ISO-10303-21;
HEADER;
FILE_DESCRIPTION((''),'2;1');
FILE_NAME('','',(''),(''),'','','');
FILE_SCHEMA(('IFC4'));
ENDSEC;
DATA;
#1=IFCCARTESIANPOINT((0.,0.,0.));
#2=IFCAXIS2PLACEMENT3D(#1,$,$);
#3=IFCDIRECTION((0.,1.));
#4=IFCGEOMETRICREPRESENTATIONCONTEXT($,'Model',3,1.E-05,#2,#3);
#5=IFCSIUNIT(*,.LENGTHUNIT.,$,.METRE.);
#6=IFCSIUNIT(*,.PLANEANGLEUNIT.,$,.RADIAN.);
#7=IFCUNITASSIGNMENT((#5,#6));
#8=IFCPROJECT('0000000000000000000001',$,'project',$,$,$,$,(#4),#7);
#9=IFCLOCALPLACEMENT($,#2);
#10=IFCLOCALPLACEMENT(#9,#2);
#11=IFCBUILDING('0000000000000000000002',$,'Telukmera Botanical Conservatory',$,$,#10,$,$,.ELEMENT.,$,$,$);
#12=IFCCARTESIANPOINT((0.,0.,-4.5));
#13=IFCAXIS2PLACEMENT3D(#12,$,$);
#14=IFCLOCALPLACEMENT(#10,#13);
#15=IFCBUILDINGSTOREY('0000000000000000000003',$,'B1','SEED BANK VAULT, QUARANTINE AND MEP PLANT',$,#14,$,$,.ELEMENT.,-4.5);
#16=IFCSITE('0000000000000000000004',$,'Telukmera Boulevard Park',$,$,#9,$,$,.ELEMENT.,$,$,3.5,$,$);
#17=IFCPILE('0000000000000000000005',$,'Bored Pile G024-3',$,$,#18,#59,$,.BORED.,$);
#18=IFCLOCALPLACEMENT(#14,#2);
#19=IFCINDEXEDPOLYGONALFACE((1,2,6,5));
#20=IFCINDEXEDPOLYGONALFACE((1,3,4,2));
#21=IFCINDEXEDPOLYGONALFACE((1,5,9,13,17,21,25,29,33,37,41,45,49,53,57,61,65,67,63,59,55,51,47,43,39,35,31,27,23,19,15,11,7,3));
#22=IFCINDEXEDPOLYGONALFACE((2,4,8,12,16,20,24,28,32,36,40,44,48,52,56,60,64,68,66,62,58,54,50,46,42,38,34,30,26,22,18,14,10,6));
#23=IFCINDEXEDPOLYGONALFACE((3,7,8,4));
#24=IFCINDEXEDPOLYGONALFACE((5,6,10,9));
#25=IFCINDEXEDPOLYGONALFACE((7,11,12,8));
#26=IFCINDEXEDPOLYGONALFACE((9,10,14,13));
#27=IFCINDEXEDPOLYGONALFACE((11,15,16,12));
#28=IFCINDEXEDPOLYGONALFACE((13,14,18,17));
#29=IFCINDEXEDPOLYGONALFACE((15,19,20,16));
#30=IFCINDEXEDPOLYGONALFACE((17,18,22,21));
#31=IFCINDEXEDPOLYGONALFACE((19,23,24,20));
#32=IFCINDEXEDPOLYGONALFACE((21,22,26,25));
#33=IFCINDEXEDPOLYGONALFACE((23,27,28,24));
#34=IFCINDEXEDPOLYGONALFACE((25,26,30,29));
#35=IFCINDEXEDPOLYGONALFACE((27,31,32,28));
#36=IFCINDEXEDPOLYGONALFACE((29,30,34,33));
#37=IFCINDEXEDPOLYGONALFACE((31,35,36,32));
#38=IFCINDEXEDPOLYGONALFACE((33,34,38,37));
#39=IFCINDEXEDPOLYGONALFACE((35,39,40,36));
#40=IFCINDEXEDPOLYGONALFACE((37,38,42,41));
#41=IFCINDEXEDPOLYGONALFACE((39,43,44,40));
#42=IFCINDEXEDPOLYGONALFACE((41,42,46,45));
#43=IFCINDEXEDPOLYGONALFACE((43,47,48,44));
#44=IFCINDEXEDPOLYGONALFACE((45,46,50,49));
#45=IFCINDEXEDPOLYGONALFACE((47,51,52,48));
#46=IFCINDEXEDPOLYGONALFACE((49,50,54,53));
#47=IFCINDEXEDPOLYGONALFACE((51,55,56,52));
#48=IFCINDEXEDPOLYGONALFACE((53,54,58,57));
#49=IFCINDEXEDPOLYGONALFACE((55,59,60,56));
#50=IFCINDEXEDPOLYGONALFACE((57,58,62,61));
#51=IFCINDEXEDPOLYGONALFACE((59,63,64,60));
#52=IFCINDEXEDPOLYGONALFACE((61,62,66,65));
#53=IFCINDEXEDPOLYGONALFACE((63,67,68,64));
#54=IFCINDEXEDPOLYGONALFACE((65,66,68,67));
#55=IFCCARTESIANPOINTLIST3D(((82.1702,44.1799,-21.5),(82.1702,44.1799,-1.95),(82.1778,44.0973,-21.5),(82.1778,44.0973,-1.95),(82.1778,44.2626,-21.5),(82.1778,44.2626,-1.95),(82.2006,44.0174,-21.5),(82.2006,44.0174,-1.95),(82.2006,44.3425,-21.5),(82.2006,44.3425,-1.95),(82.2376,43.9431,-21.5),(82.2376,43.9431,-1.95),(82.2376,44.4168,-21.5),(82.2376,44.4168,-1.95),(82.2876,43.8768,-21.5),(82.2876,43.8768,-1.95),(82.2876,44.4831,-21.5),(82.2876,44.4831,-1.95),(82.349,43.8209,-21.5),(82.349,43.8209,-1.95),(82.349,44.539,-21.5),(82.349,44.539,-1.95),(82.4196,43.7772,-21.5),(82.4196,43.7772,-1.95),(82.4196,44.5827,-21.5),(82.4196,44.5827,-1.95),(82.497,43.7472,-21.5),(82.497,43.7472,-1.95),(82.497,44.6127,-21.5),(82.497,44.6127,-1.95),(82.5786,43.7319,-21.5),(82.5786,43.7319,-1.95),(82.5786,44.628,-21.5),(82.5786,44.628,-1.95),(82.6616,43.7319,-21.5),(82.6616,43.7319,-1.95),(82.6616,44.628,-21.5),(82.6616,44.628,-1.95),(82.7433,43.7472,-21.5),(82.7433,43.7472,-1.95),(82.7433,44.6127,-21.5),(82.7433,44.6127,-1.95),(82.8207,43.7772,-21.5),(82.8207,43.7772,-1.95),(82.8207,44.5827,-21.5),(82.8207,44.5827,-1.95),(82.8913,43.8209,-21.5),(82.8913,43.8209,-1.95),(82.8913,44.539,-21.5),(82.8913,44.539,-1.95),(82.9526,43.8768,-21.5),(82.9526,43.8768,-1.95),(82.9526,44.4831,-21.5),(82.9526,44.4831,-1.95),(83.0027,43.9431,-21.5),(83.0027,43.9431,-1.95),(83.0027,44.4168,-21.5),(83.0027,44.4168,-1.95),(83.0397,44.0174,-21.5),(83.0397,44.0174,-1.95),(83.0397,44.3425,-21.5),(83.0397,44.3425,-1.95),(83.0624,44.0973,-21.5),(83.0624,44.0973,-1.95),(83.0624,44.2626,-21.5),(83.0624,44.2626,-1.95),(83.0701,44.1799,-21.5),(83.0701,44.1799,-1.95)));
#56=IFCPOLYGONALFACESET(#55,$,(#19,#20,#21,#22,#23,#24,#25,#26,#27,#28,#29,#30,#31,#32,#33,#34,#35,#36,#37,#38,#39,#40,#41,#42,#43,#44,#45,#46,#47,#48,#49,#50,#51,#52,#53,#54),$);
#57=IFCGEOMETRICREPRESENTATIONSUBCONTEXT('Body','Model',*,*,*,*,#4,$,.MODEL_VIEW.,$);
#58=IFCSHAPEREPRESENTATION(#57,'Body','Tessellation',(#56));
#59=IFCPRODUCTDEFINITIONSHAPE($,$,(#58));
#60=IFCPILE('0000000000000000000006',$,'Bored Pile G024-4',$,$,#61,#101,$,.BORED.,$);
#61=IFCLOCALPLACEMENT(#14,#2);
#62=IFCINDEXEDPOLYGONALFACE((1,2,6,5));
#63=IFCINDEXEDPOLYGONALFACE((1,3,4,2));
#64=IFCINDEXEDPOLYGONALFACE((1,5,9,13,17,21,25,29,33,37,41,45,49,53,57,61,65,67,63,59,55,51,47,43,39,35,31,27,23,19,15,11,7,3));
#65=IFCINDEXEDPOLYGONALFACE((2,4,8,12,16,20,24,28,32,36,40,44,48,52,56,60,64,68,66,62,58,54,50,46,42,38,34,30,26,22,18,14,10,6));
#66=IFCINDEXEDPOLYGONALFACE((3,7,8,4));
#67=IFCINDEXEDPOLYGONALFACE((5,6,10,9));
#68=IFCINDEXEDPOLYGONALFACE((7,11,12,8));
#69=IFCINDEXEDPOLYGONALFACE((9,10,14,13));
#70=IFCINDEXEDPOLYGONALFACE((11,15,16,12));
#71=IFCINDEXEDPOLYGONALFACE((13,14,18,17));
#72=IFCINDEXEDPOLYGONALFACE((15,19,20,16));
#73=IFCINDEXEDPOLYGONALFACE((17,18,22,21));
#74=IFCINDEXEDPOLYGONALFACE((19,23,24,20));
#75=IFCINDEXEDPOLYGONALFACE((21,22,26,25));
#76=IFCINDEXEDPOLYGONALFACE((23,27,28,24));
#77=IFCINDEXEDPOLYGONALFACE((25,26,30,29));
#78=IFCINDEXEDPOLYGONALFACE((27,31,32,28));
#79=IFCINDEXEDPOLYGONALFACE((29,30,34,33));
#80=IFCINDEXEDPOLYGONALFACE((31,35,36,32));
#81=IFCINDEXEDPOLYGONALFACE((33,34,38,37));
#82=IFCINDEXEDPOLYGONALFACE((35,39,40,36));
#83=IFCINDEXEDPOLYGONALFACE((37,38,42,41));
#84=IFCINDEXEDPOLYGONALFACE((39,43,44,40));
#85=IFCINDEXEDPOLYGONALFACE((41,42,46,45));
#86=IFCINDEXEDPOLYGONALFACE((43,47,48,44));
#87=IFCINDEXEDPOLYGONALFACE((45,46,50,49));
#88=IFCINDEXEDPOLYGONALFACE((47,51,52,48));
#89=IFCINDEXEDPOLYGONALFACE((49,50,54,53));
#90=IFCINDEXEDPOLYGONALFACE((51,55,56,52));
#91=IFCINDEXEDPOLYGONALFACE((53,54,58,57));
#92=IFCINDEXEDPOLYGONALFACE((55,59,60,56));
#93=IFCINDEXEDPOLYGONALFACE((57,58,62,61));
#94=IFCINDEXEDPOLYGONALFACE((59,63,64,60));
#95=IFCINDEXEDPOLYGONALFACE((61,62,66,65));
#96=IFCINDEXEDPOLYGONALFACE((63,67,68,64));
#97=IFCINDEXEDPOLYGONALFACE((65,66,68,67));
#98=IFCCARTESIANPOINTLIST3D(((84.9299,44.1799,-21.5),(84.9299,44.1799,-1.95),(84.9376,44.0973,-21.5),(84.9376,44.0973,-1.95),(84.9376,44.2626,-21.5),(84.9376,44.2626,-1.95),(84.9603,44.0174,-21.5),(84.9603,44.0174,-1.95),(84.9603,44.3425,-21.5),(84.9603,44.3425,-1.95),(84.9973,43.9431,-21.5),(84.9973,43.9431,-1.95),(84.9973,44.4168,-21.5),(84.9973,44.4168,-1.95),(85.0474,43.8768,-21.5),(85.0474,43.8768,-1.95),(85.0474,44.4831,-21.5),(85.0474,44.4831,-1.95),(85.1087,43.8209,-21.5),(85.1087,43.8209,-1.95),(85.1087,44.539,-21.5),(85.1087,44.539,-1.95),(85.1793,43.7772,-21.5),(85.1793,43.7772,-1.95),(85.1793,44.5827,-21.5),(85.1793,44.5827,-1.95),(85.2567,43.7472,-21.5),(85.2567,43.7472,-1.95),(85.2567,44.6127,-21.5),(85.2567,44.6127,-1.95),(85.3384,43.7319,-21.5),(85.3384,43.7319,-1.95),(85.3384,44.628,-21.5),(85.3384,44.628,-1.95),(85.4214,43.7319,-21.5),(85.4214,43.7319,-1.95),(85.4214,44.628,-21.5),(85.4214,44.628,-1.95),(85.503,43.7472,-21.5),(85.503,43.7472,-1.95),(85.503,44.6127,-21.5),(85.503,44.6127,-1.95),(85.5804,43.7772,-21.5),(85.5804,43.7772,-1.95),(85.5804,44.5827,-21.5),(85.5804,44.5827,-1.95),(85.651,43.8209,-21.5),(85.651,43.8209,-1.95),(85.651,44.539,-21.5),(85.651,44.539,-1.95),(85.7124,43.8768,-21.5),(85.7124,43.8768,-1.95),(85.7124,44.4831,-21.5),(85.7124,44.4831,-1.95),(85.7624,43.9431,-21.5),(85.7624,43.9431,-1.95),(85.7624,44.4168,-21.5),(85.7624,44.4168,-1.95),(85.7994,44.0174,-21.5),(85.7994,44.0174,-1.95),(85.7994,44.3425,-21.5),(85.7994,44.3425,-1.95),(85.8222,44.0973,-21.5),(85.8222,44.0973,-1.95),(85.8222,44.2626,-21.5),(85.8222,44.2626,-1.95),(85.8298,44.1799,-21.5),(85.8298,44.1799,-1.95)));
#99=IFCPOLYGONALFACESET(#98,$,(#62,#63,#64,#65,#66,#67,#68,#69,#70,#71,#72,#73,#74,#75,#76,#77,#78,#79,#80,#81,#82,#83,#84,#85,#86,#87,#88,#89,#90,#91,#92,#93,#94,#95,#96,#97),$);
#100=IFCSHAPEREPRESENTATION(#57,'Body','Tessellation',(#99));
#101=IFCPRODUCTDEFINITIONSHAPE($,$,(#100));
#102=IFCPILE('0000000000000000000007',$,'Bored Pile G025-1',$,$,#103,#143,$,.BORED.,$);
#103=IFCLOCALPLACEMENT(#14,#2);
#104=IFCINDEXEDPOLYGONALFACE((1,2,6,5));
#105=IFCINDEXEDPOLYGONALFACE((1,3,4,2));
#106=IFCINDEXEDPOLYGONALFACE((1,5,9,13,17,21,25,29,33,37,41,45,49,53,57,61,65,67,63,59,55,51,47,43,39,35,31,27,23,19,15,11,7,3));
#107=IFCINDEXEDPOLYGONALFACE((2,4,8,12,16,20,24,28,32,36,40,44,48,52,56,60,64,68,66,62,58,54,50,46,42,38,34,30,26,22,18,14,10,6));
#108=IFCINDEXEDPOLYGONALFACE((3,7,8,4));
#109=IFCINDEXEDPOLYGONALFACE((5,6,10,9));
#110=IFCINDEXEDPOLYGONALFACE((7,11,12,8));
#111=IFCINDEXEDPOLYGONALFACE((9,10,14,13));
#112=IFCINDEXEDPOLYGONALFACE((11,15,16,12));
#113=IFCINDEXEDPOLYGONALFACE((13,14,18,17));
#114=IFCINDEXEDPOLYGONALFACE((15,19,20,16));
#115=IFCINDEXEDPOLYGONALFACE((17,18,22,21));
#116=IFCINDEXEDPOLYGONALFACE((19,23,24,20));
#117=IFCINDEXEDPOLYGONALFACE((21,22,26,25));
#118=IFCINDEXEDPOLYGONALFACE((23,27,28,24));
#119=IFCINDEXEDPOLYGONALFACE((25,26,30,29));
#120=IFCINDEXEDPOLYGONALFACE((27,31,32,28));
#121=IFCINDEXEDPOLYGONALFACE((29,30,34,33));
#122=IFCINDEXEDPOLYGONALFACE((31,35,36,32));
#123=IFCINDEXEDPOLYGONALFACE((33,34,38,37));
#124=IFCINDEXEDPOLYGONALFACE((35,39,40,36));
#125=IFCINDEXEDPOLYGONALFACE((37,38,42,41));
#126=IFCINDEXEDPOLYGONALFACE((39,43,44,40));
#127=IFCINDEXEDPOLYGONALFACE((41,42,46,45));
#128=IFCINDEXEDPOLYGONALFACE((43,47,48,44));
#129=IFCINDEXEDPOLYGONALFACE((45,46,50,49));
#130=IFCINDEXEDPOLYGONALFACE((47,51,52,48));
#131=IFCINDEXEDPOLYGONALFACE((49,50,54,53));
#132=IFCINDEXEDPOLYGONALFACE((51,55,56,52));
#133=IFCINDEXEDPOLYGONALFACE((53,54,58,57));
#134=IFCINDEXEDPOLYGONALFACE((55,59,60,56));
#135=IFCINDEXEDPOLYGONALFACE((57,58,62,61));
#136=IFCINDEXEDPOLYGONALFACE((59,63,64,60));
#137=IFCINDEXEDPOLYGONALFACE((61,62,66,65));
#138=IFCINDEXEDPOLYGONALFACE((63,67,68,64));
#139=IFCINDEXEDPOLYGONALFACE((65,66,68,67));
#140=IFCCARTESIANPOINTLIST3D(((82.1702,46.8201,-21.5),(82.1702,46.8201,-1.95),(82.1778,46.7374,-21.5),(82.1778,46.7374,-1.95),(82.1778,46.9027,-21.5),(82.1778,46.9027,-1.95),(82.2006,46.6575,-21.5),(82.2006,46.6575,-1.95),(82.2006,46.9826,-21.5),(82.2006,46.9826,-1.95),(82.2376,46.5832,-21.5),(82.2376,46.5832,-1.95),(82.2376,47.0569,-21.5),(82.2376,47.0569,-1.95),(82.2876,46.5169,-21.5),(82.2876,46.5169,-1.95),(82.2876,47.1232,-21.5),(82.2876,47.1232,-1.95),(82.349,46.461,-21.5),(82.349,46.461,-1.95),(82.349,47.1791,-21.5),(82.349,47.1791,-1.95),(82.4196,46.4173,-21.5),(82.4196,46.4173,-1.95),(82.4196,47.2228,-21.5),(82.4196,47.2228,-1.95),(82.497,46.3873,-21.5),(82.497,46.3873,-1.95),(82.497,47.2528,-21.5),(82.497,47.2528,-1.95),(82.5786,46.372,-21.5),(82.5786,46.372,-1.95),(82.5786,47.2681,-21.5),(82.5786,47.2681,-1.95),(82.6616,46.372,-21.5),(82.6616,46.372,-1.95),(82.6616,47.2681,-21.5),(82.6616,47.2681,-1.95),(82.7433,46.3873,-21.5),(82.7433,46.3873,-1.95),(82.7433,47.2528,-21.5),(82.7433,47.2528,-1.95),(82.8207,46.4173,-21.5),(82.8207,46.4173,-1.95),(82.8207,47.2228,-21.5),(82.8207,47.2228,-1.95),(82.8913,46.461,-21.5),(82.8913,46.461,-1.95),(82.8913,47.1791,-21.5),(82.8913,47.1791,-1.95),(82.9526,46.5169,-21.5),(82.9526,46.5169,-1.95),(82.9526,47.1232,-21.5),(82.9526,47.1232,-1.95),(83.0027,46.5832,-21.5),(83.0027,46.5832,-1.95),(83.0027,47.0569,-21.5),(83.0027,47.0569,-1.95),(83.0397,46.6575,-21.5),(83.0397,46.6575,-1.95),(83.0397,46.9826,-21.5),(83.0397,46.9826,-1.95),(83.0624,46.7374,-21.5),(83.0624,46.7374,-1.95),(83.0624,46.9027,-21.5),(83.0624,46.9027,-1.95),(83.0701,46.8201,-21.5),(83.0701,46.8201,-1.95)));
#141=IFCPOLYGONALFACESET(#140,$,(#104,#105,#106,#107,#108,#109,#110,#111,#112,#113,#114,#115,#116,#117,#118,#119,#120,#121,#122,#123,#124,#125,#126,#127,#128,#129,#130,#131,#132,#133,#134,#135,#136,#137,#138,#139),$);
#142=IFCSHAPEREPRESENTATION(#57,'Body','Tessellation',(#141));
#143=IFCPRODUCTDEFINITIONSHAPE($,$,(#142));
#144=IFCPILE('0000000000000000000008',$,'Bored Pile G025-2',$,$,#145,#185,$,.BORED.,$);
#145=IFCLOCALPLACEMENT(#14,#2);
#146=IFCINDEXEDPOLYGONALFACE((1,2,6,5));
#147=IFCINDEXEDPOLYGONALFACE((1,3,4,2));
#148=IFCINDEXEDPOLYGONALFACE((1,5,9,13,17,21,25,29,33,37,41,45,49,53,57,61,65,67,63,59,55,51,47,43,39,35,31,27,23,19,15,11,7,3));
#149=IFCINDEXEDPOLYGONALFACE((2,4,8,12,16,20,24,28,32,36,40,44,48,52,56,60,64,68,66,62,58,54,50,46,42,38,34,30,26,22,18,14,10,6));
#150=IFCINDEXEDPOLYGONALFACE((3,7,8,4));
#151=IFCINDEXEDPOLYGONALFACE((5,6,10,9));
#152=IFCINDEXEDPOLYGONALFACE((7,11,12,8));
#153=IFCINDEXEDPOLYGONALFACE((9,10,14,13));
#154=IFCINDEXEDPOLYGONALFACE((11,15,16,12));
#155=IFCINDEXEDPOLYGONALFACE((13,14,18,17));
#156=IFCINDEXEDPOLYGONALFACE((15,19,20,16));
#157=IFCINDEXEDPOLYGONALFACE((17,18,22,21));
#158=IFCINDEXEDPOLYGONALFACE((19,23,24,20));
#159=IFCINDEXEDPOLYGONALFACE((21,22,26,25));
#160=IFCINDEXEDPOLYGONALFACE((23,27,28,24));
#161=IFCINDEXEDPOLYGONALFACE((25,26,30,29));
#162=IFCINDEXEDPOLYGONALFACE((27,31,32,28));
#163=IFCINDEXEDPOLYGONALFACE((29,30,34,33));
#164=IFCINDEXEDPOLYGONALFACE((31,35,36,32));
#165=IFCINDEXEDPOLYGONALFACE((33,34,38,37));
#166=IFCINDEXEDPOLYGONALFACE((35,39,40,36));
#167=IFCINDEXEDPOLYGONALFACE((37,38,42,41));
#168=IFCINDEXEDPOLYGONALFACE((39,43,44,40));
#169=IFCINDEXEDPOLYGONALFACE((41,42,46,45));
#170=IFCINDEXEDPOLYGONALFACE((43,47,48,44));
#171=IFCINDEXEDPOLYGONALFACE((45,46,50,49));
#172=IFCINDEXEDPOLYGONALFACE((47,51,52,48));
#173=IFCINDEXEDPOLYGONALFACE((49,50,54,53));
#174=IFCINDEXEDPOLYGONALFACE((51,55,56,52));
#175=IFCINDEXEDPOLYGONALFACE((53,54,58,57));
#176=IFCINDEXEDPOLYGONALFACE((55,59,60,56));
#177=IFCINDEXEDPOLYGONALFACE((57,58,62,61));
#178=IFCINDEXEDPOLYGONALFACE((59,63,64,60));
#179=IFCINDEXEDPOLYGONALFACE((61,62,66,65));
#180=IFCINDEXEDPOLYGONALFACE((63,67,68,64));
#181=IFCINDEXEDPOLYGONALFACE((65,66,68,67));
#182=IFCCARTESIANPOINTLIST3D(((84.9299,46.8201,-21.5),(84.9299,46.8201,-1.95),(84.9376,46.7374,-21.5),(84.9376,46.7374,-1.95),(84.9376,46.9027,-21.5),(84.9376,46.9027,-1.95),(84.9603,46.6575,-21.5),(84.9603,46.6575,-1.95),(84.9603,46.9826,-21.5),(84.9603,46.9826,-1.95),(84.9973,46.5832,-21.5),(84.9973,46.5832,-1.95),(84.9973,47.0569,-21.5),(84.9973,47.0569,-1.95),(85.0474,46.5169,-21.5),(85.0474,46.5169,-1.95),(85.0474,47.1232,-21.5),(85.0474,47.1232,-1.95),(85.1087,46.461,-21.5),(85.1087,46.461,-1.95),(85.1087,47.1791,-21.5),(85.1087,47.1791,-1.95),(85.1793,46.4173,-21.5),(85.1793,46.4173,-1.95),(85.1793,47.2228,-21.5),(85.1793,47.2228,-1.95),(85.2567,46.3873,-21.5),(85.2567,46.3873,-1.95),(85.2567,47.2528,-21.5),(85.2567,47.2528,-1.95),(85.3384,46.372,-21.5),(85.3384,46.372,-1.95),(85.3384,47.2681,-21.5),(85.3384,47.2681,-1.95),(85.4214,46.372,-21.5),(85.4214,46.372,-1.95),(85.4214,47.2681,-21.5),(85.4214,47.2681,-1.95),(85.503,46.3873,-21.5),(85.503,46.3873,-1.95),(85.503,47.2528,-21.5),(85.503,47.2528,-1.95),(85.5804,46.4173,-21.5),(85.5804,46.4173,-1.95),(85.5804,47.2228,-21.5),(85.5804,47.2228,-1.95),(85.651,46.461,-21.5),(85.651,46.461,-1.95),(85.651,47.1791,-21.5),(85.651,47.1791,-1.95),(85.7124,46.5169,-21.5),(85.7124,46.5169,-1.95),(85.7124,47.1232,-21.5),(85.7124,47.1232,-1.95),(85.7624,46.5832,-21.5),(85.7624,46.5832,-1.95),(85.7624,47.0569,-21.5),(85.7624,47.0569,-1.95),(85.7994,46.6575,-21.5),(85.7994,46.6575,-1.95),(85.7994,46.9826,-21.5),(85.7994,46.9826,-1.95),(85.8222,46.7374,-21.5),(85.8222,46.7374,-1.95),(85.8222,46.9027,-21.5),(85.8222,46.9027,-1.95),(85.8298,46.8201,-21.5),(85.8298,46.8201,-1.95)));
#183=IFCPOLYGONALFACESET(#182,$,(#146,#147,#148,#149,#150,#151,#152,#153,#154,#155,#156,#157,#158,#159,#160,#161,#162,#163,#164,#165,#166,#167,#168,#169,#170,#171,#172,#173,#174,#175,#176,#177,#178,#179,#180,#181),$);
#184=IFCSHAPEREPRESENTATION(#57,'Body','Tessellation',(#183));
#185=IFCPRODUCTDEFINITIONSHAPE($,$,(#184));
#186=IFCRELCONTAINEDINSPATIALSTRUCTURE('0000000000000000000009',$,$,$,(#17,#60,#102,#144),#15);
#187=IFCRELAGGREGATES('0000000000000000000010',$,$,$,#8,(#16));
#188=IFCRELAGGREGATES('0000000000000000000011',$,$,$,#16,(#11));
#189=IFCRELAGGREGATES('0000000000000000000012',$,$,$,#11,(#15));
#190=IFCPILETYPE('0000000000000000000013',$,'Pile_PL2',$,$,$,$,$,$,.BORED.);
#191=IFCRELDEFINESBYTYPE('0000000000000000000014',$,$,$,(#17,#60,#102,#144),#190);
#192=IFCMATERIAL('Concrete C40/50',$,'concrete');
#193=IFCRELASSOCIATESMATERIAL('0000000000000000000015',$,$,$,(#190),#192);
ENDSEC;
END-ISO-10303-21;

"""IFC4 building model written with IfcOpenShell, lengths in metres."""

from ifc_helpers import new_model, si_unit, direction, frame, origin, origin_2d, place, context, subcontext, project, spatial, circle, extrude, material, material_profile, profile_set, type_object, element, save


model = new_model("IFC4")

# Units and contexts
model_context = context("Model", 3, precision=1e-05, world=origin(), true_north=direction((0.0, 1.0)))
body_context = subcontext(model_context, "Body", "Model", "MODEL_VIEW")
ifc_project = project(units=[si_unit("LENGTHUNIT", "METRE"), si_unit("PLANEANGLEUNIT", "RADIAN")], contexts=[model_context])

# Site, building, storey
site_placement = place(None, origin())
site = spatial("IfcSite", under=ifc_project, at=site_placement, Name="Telukmera Boulevard Park", CompositionType="ELEMENT", RefElevation=3.5)
building_placement = place(site_placement, origin())
building = spatial("IfcBuilding", under=site, at=building_placement, Name="Telukmera Botanical Conservatory", CompositionType="ELEMENT")
storey_placement = place(building_placement, frame((0.0, 0.0, -4.5)))
storey = spatial("IfcBuildingStorey", under=building, at=storey_placement, Name="B1", Description="SEED BANK VAULT, QUARANTINE AND MEP PLANT", CompositionType="ELEMENT", Elevation=-4.5)

# Shared definitions
ifc_material_1 = material(Name="Concrete C40/50", Category="concrete")

# Piles
ifc_material_profile_1 = material_profile(ifc_material_1, circle(Radius=0.45, at=origin_2d()), Name="PILE D900")
ifc_profile_set_1 = profile_set([ifc_material_profile_1], Name="Concrete C40/50")
pile_type = type_object("IfcPileType", Name="Pile_PL2", PredefinedType="BORED", material=ifc_profile_set_1)
for number, where, z_axis, x_axis, name in (
    (1, (82.6201, 44.1799, -1.95), (0.0, 0.0, -1.0), (1.0, 0.0, 0.0), "Bored Pile G024-3"),
    (2, (85.3799, 44.1799, -1.95), (0.0, 0.0, -1.0), (1.0, 0.0, 0.0), "Bored Pile G024-4"),
    (3, (82.6201, 46.8201, -1.95), (0.0, 0.0, -1.0), (1.0, 0.0, 0.0), "Bored Pile G025-1"),
    (4, (85.3799, 46.8201, -1.95), (0.0, 0.0, -1.0), (1.0, 0.0, 0.0), "Bored Pile G025-2"),
):
    element("IfcPile", number, at=place(storey_placement, frame(where, z_axis=z_axis, x_axis=x_axis)), inside=storey, type_object=pile_type, Name=name, PredefinedType="BORED", context=body_context, shape_type="SweptSolid", body=[
        extrude(circle(Radius=0.45, at=origin_2d()), origin(), (0.0, 0.0, 1.0), 19.55),
    ])

save(model, "model.ifc")
